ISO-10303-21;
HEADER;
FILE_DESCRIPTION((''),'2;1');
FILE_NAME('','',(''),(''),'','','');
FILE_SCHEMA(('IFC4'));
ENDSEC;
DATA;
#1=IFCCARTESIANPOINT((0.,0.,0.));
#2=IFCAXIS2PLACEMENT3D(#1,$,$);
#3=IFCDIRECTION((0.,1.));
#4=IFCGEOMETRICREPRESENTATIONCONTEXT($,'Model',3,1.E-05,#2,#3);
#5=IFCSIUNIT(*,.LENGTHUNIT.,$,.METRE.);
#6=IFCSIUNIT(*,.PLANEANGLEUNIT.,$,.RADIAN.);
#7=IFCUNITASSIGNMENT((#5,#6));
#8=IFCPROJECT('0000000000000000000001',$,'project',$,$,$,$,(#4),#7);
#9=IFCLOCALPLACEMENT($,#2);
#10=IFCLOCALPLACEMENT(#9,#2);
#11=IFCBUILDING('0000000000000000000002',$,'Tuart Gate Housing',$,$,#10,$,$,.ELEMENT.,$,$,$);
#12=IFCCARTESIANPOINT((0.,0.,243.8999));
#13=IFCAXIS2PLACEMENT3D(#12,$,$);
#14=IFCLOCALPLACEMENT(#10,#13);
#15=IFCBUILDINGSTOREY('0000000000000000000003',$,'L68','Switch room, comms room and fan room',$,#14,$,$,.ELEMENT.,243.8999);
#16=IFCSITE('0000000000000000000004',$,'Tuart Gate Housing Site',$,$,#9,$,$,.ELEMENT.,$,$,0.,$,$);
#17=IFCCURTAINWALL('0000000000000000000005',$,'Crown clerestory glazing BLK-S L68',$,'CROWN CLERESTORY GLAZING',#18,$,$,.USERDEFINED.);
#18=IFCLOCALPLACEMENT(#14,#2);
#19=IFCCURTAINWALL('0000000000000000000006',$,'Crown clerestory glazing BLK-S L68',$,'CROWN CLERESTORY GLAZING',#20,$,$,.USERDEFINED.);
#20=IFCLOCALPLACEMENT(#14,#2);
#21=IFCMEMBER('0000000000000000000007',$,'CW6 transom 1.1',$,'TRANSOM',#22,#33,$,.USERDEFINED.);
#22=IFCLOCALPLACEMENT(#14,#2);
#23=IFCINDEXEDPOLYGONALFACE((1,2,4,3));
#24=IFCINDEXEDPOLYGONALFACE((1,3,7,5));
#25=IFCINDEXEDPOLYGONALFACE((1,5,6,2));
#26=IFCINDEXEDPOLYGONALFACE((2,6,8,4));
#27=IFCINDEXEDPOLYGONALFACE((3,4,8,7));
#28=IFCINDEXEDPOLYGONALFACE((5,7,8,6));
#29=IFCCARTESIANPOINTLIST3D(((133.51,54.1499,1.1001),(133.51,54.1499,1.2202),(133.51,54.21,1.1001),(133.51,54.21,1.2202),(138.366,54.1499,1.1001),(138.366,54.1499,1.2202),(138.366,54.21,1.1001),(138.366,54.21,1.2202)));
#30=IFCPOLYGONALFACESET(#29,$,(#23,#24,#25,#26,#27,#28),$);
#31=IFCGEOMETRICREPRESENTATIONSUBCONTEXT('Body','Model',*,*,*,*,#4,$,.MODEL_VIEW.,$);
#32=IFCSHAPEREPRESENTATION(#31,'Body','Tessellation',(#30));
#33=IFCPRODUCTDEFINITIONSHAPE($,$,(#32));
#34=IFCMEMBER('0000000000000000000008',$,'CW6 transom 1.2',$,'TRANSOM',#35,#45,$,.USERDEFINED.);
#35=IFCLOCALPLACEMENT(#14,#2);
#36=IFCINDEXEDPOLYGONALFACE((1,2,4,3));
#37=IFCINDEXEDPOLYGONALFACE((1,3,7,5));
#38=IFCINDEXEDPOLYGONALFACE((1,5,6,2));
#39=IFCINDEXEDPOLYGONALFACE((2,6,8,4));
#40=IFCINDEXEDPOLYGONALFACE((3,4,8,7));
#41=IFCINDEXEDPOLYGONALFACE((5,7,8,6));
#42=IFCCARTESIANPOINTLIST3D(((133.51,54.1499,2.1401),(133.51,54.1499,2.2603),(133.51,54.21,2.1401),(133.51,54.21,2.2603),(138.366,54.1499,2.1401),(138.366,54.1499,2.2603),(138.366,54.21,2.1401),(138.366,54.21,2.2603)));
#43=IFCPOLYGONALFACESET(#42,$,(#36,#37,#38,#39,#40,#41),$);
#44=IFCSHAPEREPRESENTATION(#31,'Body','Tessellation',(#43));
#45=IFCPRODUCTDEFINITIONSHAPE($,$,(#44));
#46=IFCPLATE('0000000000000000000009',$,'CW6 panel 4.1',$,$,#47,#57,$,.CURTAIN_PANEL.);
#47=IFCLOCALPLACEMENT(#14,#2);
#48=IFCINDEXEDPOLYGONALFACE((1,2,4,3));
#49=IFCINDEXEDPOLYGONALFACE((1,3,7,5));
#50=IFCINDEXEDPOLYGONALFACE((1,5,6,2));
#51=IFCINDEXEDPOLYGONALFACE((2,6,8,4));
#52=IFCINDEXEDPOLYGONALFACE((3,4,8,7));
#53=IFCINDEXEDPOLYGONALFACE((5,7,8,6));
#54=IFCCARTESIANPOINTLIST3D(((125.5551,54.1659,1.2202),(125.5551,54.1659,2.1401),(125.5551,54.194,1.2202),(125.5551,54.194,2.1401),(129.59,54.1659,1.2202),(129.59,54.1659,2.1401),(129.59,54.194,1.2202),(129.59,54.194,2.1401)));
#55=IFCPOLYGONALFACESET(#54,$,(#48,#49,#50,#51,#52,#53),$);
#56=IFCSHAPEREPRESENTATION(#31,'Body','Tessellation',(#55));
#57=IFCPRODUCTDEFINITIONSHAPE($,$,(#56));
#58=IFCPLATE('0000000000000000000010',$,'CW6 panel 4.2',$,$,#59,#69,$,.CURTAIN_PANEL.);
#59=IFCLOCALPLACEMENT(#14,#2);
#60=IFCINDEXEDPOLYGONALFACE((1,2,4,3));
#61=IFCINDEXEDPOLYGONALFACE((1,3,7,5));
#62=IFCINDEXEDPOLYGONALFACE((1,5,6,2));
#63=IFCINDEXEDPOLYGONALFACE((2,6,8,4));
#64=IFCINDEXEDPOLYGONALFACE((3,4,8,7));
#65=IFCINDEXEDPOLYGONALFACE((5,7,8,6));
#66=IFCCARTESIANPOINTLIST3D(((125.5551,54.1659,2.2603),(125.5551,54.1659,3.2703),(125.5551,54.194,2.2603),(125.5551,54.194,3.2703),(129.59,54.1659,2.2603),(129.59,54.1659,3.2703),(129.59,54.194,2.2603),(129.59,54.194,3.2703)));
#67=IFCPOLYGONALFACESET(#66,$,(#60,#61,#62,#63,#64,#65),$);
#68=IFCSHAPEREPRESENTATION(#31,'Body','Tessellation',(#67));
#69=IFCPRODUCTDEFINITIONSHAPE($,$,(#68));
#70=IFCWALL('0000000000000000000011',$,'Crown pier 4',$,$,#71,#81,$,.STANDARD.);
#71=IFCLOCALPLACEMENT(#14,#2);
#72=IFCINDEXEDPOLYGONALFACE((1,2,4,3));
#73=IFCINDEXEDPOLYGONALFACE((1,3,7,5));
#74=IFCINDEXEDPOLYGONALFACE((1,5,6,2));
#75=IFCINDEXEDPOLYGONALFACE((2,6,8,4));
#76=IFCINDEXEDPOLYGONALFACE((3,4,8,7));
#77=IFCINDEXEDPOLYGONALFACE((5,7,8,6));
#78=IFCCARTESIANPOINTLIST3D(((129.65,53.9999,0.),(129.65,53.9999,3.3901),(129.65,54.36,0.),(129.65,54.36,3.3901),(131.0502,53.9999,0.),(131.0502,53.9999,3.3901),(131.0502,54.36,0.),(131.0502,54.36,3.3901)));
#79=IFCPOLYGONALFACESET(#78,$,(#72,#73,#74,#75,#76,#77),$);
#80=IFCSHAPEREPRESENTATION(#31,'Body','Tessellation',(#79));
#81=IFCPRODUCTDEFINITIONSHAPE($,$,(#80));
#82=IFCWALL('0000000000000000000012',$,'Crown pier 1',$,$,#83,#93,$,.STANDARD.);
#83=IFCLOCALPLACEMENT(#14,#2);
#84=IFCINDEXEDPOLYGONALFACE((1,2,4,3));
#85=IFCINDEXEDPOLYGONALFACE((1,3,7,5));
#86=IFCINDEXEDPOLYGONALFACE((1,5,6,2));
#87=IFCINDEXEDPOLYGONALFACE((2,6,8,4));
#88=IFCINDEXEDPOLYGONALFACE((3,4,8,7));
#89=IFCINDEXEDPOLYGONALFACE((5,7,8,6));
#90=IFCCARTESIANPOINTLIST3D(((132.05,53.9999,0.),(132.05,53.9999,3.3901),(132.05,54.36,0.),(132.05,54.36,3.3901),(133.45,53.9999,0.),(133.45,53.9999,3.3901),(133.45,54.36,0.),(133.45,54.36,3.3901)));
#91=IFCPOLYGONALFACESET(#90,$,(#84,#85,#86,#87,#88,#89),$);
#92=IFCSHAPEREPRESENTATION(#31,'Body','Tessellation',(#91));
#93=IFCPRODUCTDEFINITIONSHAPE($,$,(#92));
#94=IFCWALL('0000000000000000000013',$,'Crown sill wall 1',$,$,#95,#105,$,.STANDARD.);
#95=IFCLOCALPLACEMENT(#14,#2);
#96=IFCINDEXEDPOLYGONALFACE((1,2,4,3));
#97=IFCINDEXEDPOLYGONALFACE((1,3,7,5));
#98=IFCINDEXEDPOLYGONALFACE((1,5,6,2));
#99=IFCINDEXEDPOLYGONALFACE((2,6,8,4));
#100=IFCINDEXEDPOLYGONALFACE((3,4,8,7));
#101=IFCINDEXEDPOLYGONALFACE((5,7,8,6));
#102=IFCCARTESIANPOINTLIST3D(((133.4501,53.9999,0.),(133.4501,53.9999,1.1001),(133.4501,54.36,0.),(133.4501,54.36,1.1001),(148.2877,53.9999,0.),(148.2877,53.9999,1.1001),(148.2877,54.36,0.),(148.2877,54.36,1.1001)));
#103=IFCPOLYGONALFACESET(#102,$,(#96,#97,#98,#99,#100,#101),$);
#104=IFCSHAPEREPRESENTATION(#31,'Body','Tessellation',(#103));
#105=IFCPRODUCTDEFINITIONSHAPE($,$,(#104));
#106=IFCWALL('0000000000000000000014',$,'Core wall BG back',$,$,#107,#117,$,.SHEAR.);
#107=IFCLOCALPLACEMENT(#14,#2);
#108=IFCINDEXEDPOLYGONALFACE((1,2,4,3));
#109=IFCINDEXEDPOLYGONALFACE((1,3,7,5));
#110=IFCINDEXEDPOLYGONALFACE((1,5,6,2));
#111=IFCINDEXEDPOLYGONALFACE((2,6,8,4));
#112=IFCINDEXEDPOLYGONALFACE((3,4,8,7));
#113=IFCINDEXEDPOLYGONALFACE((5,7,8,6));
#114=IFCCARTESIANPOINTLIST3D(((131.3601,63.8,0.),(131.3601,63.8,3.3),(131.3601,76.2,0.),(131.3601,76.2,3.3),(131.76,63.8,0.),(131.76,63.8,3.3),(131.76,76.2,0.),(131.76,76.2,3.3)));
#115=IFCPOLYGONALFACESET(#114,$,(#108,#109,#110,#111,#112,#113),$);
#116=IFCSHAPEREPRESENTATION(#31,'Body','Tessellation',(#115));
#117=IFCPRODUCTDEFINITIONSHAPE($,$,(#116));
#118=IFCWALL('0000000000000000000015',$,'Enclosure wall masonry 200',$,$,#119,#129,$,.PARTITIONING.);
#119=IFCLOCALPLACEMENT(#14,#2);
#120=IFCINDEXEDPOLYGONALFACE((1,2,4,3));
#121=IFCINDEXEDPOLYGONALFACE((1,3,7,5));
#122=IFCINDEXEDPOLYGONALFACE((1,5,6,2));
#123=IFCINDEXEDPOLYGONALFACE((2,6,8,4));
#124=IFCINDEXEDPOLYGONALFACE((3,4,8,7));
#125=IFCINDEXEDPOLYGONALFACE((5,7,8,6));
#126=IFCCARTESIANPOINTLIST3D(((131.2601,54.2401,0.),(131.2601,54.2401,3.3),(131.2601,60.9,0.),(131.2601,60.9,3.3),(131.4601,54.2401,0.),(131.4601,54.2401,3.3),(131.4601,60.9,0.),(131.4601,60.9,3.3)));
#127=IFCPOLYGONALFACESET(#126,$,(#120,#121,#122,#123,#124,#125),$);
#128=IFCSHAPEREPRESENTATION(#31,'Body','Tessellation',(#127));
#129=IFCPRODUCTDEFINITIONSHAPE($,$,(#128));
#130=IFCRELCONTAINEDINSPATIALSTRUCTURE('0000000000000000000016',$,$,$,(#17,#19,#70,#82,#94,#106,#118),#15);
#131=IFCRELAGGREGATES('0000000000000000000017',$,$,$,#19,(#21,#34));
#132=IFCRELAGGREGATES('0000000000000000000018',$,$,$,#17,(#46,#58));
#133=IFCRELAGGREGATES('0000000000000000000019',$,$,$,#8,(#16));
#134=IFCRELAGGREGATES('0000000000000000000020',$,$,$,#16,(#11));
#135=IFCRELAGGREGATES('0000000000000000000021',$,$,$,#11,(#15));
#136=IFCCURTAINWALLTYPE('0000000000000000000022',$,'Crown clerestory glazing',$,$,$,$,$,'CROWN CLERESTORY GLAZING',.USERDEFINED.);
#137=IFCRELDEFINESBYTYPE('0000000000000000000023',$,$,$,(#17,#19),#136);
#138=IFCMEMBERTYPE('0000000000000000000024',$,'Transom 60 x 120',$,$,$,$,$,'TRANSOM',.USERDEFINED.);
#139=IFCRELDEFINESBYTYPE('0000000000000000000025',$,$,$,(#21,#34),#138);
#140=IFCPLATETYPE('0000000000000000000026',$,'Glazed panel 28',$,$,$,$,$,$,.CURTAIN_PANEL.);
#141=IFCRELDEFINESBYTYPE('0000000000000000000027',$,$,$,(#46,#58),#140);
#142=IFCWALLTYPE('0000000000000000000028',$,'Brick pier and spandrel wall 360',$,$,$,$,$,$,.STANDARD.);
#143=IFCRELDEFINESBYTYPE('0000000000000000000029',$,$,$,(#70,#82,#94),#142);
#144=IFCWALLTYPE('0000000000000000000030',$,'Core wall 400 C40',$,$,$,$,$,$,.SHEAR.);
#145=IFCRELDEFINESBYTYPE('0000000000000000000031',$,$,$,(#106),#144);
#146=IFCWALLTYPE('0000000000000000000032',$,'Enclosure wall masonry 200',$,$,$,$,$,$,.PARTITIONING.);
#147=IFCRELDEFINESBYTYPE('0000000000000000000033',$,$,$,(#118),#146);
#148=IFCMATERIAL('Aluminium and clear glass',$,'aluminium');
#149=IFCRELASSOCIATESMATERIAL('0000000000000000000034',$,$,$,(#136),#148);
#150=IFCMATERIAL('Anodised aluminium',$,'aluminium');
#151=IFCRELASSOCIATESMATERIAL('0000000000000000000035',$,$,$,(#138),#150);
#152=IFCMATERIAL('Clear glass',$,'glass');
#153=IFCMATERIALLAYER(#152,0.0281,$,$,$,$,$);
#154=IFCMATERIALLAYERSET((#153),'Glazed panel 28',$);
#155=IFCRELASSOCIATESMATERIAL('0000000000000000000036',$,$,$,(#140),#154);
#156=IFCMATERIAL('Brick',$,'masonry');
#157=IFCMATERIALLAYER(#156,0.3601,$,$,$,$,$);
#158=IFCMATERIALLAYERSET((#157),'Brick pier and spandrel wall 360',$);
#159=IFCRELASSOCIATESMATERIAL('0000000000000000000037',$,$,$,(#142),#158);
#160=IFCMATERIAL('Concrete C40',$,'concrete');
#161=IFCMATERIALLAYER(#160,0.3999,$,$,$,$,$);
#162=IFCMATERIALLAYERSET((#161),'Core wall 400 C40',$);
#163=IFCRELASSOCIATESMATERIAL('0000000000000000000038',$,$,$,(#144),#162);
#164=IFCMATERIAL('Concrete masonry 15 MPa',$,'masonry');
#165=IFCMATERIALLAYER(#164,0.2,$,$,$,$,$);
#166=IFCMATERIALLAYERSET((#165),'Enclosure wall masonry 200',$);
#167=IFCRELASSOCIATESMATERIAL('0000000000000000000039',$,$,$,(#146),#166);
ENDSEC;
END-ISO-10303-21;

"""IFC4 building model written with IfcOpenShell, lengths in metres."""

from ifc_helpers import new_model, si_unit, direction, frame, frame_2d, origin, origin_2d, place, context, subcontext, project, spatial, rectangle, extrude, material, layer, layer_set, material_profile, profile_set, type_object, element, aggregate, save


model = new_model("IFC4")

# Units and contexts
model_context = context("Model", 3, precision=1e-05, world=origin(), true_north=direction((0.0, 1.0)))
body_context = subcontext(model_context, "Body", "Model", "MODEL_VIEW")
ifc_project = project(units=[si_unit("LENGTHUNIT", "METRE"), si_unit("PLANEANGLEUNIT", "RADIAN")], contexts=[model_context])

# Site, building, storey
site_placement = place(None, origin())
site = spatial("IfcSite", under=ifc_project, at=site_placement, Name="Tuart Gate Housing Site", CompositionType="ELEMENT", RefElevation=0.0)
building_placement = place(site_placement, origin())
building = spatial("IfcBuilding", under=site, at=building_placement, Name="Tuart Gate Housing", CompositionType="ELEMENT")
storey_placement = place(building_placement, frame((0.0, 0.0, 243.8999)))
storey = spatial("IfcBuildingStorey", under=building, at=storey_placement, Name="L68", Description="Switch room, comms room and fan room", CompositionType="ELEMENT", Elevation=243.8999)

# Curtain walls
ifc_material_1 = material(Name="Aluminium and clear glass", Category="aluminium")
curtain_wall_type = type_object("IfcCurtainWallType", Name="Crown clerestory glazing", ElementType="CROWN CLERESTORY GLAZING", PredefinedType="USERDEFINED", material=ifc_material_1)
curtain_wall_1_placement = place(storey_placement, origin())
curtain_wall_1 = element("IfcCurtainWall", 1, at=curtain_wall_1_placement, inside=storey, type_object=curtain_wall_type, Name="Crown clerestory glazing BLK-S L68", ObjectType="CROWN CLERESTORY GLAZING", PredefinedType="USERDEFINED")
curtain_wall_2_placement = place(storey_placement, origin())
curtain_wall_2 = element("IfcCurtainWall", 2, at=curtain_wall_2_placement, inside=storey, type_object=curtain_wall_type, Name="Crown clerestory glazing BLK-S L68", ObjectType="CROWN CLERESTORY GLAZING", PredefinedType="USERDEFINED")

# Members
ifc_material_2 = material(Name="Anodised aluminium", Category="aluminium")
ifc_material_profile_1 = material_profile(ifc_material_2, rectangle(XDim=0.0601, YDim=0.1201, at=origin_2d()), Name="60x120")
ifc_profile_set_1 = profile_set([ifc_material_profile_1], Name="Anodised aluminium")
member_type_1 = type_object("IfcMemberType", Name="Transom 60 x 120", ElementType="TRANSOM", PredefinedType="USERDEFINED", material=ifc_profile_set_1)
member_1_placement = place(storey_placement, frame((133.51, 54.1799, 1.1602), z_axis=(1.0, 0.0, 0.0), x_axis=(0.0, 1.0, 0.0)))
member_1 = element("IfcMember", 3, at=member_1_placement, type_object=member_type_1, Name="CW6 transom 1.1", ObjectType="TRANSOM", PredefinedType="USERDEFINED", context=body_context, shape_type="SweptSolid", body=[
    extrude(rectangle(XDim=0.0601, YDim=0.1201, at=origin_2d()), origin(), (0.0, 0.0, 1.0), 4.856),
])
member_2_placement = place(storey_placement, frame((133.51, 54.1799, 2.2002), z_axis=(1.0, 0.0, 0.0), x_axis=(0.0, 1.0, 0.0)))
member_2 = element("IfcMember", 4, at=member_2_placement, type_object=member_type_1, Name="CW6 transom 1.2", ObjectType="TRANSOM", PredefinedType="USERDEFINED", context=body_context, shape_type="SweptSolid", body=[
    extrude(rectangle(XDim=0.0601, YDim=0.1201, at=origin_2d()), origin(), (0.0, 0.0, 1.0), 4.856),
])
aggregate(curtain_wall_2, [member_1, member_2])

# Plates
ifc_material_3 = material(Name="Clear glass", Category="glass")
ifc_layer_1 = layer(ifc_material_3, 0.0281)
ifc_layer_set_1 = layer_set([ifc_layer_1], Name="Glazed panel 28")
plate_type = type_object("IfcPlateType", Name="Glazed panel 28", PredefinedType="CURTAIN_PANEL", material=ifc_layer_set_1)
plate_1_placement = place(storey_placement, frame((127.5725, 54.1799, 1.2202), z_axis=(0.0, 0.0, 1.0), x_axis=(1.0, 0.0, 0.0)))
plate_1 = element("IfcPlate", 5, at=plate_1_placement, type_object=plate_type, Name="CW6 panel 4.1", PredefinedType="CURTAIN_PANEL", context=body_context, shape_type="SweptSolid", body=[
    extrude(rectangle(XDim=4.0349, YDim=0.0281, at=origin_2d()), origin(), (0.0, 0.0, 1.0), 0.9199),
])
plate_2_placement = place(storey_placement, frame((127.5725, 54.1799, 2.2603), z_axis=(0.0, 0.0, 1.0), x_axis=(1.0, 0.0, 0.0)))
plate_2 = element("IfcPlate", 6, at=plate_2_placement, type_object=plate_type, Name="CW6 panel 4.2", PredefinedType="CURTAIN_PANEL", context=body_context, shape_type="SweptSolid", body=[
    extrude(rectangle(XDim=4.0349, YDim=0.0281, at=origin_2d()), origin(), (0.0, 0.0, 1.0), 1.01),
])
aggregate(curtain_wall_1, [plate_1, plate_2])

# Walls
ifc_material_4 = material(Name="Brick", Category="masonry")
ifc_layer_2 = layer(ifc_material_4, 0.3601)
ifc_layer_set_2 = layer_set([ifc_layer_2], Name="Brick pier and spandrel wall 360")
wall_type_1 = type_object("IfcWallType", Name="Brick pier and spandrel wall 360", PredefinedType="STANDARD", material=ifc_layer_set_2)
wall_1_placement = place(storey_placement, frame((129.6499, 54.1799, 0.0), z_axis=(0.0, 0.0, 1.0), x_axis=(1.0, 0.0, 0.0)))
element("IfcWall", 7, at=wall_1_placement, inside=storey, type_object=wall_type_1, Name="Crown pier 4", PredefinedType="STANDARD", context=body_context, shape_type="SweptSolid", body=[
    extrude(rectangle(XDim=1.4001, YDim=0.3601, at=frame_2d((0.7002, 0.0))), origin(), (0.0, 0.0, 1.0), 3.3901),
])
wall_2_placement = place(storey_placement, frame((132.05, 54.1799, 0.0), z_axis=(0.0, 0.0, 1.0), x_axis=(1.0, 0.0, 0.0)))
element("IfcWall", 8, at=wall_2_placement, inside=storey, type_object=wall_type_1, Name="Crown pier 1", PredefinedType="STANDARD", context=body_context, shape_type="SweptSolid", body=[
    extrude(rectangle(XDim=1.3999, YDim=0.3601, at=frame_2d((0.7, 0.0))), origin(), (0.0, 0.0, 1.0), 3.3901),
])
wall_3_placement = place(storey_placement, frame((133.45, 54.1799, 0.0), z_axis=(0.0, 0.0, 1.0), x_axis=(1.0, 0.0, 0.0)))
element("IfcWall", 9, at=wall_3_placement, inside=storey, type_object=wall_type_1, Name="Crown sill wall 1", PredefinedType="STANDARD", context=body_context, shape_type="SweptSolid", body=[
    extrude(rectangle(XDim=14.8376, YDim=0.3601, at=frame_2d((7.4189, 0.0))), origin(), (0.0, 0.0, 1.0), 1.1001),
])
ifc_material_5 = material(Name="Concrete C40", Category="concrete")
ifc_layer_3 = layer(ifc_material_5, 0.3999)
ifc_layer_set_3 = layer_set([ifc_layer_3], Name="Core wall 400 C40")
wall_type_2 = type_object("IfcWallType", Name="Core wall 400 C40", PredefinedType="SHEAR", material=ifc_layer_set_3)
wall_4_placement = place(storey_placement, frame((131.5601, 63.8, 0.0), z_axis=(0.0, 0.0, 1.0), x_axis=(0.0, 1.0, 0.0)))
element("IfcWall", 10, at=wall_4_placement, inside=storey, type_object=wall_type_2, Name="Core wall BG back", PredefinedType="SHEAR", context=body_context, shape_type="SweptSolid", body=[
    extrude(rectangle(XDim=12.3999, YDim=0.3999, at=frame_2d((6.2, 0.0))), origin(), (0.0, 0.0, 1.0), 3.3),
])
ifc_material_6 = material(Name="Concrete masonry 15 MPa", Category="masonry")
ifc_layer_4 = layer(ifc_material_6, 0.2)
ifc_layer_set_4 = layer_set([ifc_layer_4], Name="Enclosure wall masonry 200")
wall_type_3 = type_object("IfcWallType", Name="Enclosure wall masonry 200", PredefinedType="PARTITIONING", material=ifc_layer_set_4)
wall_5_placement = place(storey_placement, frame((131.3601, 54.24, 0.0), z_axis=(0.0, 0.0, 1.0), x_axis=(0.0, 1.0, 0.0)))
element("IfcWall", 11, at=wall_5_placement, inside=storey, type_object=wall_type_3, Name="Enclosure wall masonry 200", PredefinedType="PARTITIONING", context=body_context, shape_type="SweptSolid", body=[
    extrude(rectangle(XDim=6.6599, YDim=0.2, at=frame_2d((3.3301, 0.0))), origin(), (0.0, 0.0, 1.0), 3.3),
])

save(model, "model.ifc")
